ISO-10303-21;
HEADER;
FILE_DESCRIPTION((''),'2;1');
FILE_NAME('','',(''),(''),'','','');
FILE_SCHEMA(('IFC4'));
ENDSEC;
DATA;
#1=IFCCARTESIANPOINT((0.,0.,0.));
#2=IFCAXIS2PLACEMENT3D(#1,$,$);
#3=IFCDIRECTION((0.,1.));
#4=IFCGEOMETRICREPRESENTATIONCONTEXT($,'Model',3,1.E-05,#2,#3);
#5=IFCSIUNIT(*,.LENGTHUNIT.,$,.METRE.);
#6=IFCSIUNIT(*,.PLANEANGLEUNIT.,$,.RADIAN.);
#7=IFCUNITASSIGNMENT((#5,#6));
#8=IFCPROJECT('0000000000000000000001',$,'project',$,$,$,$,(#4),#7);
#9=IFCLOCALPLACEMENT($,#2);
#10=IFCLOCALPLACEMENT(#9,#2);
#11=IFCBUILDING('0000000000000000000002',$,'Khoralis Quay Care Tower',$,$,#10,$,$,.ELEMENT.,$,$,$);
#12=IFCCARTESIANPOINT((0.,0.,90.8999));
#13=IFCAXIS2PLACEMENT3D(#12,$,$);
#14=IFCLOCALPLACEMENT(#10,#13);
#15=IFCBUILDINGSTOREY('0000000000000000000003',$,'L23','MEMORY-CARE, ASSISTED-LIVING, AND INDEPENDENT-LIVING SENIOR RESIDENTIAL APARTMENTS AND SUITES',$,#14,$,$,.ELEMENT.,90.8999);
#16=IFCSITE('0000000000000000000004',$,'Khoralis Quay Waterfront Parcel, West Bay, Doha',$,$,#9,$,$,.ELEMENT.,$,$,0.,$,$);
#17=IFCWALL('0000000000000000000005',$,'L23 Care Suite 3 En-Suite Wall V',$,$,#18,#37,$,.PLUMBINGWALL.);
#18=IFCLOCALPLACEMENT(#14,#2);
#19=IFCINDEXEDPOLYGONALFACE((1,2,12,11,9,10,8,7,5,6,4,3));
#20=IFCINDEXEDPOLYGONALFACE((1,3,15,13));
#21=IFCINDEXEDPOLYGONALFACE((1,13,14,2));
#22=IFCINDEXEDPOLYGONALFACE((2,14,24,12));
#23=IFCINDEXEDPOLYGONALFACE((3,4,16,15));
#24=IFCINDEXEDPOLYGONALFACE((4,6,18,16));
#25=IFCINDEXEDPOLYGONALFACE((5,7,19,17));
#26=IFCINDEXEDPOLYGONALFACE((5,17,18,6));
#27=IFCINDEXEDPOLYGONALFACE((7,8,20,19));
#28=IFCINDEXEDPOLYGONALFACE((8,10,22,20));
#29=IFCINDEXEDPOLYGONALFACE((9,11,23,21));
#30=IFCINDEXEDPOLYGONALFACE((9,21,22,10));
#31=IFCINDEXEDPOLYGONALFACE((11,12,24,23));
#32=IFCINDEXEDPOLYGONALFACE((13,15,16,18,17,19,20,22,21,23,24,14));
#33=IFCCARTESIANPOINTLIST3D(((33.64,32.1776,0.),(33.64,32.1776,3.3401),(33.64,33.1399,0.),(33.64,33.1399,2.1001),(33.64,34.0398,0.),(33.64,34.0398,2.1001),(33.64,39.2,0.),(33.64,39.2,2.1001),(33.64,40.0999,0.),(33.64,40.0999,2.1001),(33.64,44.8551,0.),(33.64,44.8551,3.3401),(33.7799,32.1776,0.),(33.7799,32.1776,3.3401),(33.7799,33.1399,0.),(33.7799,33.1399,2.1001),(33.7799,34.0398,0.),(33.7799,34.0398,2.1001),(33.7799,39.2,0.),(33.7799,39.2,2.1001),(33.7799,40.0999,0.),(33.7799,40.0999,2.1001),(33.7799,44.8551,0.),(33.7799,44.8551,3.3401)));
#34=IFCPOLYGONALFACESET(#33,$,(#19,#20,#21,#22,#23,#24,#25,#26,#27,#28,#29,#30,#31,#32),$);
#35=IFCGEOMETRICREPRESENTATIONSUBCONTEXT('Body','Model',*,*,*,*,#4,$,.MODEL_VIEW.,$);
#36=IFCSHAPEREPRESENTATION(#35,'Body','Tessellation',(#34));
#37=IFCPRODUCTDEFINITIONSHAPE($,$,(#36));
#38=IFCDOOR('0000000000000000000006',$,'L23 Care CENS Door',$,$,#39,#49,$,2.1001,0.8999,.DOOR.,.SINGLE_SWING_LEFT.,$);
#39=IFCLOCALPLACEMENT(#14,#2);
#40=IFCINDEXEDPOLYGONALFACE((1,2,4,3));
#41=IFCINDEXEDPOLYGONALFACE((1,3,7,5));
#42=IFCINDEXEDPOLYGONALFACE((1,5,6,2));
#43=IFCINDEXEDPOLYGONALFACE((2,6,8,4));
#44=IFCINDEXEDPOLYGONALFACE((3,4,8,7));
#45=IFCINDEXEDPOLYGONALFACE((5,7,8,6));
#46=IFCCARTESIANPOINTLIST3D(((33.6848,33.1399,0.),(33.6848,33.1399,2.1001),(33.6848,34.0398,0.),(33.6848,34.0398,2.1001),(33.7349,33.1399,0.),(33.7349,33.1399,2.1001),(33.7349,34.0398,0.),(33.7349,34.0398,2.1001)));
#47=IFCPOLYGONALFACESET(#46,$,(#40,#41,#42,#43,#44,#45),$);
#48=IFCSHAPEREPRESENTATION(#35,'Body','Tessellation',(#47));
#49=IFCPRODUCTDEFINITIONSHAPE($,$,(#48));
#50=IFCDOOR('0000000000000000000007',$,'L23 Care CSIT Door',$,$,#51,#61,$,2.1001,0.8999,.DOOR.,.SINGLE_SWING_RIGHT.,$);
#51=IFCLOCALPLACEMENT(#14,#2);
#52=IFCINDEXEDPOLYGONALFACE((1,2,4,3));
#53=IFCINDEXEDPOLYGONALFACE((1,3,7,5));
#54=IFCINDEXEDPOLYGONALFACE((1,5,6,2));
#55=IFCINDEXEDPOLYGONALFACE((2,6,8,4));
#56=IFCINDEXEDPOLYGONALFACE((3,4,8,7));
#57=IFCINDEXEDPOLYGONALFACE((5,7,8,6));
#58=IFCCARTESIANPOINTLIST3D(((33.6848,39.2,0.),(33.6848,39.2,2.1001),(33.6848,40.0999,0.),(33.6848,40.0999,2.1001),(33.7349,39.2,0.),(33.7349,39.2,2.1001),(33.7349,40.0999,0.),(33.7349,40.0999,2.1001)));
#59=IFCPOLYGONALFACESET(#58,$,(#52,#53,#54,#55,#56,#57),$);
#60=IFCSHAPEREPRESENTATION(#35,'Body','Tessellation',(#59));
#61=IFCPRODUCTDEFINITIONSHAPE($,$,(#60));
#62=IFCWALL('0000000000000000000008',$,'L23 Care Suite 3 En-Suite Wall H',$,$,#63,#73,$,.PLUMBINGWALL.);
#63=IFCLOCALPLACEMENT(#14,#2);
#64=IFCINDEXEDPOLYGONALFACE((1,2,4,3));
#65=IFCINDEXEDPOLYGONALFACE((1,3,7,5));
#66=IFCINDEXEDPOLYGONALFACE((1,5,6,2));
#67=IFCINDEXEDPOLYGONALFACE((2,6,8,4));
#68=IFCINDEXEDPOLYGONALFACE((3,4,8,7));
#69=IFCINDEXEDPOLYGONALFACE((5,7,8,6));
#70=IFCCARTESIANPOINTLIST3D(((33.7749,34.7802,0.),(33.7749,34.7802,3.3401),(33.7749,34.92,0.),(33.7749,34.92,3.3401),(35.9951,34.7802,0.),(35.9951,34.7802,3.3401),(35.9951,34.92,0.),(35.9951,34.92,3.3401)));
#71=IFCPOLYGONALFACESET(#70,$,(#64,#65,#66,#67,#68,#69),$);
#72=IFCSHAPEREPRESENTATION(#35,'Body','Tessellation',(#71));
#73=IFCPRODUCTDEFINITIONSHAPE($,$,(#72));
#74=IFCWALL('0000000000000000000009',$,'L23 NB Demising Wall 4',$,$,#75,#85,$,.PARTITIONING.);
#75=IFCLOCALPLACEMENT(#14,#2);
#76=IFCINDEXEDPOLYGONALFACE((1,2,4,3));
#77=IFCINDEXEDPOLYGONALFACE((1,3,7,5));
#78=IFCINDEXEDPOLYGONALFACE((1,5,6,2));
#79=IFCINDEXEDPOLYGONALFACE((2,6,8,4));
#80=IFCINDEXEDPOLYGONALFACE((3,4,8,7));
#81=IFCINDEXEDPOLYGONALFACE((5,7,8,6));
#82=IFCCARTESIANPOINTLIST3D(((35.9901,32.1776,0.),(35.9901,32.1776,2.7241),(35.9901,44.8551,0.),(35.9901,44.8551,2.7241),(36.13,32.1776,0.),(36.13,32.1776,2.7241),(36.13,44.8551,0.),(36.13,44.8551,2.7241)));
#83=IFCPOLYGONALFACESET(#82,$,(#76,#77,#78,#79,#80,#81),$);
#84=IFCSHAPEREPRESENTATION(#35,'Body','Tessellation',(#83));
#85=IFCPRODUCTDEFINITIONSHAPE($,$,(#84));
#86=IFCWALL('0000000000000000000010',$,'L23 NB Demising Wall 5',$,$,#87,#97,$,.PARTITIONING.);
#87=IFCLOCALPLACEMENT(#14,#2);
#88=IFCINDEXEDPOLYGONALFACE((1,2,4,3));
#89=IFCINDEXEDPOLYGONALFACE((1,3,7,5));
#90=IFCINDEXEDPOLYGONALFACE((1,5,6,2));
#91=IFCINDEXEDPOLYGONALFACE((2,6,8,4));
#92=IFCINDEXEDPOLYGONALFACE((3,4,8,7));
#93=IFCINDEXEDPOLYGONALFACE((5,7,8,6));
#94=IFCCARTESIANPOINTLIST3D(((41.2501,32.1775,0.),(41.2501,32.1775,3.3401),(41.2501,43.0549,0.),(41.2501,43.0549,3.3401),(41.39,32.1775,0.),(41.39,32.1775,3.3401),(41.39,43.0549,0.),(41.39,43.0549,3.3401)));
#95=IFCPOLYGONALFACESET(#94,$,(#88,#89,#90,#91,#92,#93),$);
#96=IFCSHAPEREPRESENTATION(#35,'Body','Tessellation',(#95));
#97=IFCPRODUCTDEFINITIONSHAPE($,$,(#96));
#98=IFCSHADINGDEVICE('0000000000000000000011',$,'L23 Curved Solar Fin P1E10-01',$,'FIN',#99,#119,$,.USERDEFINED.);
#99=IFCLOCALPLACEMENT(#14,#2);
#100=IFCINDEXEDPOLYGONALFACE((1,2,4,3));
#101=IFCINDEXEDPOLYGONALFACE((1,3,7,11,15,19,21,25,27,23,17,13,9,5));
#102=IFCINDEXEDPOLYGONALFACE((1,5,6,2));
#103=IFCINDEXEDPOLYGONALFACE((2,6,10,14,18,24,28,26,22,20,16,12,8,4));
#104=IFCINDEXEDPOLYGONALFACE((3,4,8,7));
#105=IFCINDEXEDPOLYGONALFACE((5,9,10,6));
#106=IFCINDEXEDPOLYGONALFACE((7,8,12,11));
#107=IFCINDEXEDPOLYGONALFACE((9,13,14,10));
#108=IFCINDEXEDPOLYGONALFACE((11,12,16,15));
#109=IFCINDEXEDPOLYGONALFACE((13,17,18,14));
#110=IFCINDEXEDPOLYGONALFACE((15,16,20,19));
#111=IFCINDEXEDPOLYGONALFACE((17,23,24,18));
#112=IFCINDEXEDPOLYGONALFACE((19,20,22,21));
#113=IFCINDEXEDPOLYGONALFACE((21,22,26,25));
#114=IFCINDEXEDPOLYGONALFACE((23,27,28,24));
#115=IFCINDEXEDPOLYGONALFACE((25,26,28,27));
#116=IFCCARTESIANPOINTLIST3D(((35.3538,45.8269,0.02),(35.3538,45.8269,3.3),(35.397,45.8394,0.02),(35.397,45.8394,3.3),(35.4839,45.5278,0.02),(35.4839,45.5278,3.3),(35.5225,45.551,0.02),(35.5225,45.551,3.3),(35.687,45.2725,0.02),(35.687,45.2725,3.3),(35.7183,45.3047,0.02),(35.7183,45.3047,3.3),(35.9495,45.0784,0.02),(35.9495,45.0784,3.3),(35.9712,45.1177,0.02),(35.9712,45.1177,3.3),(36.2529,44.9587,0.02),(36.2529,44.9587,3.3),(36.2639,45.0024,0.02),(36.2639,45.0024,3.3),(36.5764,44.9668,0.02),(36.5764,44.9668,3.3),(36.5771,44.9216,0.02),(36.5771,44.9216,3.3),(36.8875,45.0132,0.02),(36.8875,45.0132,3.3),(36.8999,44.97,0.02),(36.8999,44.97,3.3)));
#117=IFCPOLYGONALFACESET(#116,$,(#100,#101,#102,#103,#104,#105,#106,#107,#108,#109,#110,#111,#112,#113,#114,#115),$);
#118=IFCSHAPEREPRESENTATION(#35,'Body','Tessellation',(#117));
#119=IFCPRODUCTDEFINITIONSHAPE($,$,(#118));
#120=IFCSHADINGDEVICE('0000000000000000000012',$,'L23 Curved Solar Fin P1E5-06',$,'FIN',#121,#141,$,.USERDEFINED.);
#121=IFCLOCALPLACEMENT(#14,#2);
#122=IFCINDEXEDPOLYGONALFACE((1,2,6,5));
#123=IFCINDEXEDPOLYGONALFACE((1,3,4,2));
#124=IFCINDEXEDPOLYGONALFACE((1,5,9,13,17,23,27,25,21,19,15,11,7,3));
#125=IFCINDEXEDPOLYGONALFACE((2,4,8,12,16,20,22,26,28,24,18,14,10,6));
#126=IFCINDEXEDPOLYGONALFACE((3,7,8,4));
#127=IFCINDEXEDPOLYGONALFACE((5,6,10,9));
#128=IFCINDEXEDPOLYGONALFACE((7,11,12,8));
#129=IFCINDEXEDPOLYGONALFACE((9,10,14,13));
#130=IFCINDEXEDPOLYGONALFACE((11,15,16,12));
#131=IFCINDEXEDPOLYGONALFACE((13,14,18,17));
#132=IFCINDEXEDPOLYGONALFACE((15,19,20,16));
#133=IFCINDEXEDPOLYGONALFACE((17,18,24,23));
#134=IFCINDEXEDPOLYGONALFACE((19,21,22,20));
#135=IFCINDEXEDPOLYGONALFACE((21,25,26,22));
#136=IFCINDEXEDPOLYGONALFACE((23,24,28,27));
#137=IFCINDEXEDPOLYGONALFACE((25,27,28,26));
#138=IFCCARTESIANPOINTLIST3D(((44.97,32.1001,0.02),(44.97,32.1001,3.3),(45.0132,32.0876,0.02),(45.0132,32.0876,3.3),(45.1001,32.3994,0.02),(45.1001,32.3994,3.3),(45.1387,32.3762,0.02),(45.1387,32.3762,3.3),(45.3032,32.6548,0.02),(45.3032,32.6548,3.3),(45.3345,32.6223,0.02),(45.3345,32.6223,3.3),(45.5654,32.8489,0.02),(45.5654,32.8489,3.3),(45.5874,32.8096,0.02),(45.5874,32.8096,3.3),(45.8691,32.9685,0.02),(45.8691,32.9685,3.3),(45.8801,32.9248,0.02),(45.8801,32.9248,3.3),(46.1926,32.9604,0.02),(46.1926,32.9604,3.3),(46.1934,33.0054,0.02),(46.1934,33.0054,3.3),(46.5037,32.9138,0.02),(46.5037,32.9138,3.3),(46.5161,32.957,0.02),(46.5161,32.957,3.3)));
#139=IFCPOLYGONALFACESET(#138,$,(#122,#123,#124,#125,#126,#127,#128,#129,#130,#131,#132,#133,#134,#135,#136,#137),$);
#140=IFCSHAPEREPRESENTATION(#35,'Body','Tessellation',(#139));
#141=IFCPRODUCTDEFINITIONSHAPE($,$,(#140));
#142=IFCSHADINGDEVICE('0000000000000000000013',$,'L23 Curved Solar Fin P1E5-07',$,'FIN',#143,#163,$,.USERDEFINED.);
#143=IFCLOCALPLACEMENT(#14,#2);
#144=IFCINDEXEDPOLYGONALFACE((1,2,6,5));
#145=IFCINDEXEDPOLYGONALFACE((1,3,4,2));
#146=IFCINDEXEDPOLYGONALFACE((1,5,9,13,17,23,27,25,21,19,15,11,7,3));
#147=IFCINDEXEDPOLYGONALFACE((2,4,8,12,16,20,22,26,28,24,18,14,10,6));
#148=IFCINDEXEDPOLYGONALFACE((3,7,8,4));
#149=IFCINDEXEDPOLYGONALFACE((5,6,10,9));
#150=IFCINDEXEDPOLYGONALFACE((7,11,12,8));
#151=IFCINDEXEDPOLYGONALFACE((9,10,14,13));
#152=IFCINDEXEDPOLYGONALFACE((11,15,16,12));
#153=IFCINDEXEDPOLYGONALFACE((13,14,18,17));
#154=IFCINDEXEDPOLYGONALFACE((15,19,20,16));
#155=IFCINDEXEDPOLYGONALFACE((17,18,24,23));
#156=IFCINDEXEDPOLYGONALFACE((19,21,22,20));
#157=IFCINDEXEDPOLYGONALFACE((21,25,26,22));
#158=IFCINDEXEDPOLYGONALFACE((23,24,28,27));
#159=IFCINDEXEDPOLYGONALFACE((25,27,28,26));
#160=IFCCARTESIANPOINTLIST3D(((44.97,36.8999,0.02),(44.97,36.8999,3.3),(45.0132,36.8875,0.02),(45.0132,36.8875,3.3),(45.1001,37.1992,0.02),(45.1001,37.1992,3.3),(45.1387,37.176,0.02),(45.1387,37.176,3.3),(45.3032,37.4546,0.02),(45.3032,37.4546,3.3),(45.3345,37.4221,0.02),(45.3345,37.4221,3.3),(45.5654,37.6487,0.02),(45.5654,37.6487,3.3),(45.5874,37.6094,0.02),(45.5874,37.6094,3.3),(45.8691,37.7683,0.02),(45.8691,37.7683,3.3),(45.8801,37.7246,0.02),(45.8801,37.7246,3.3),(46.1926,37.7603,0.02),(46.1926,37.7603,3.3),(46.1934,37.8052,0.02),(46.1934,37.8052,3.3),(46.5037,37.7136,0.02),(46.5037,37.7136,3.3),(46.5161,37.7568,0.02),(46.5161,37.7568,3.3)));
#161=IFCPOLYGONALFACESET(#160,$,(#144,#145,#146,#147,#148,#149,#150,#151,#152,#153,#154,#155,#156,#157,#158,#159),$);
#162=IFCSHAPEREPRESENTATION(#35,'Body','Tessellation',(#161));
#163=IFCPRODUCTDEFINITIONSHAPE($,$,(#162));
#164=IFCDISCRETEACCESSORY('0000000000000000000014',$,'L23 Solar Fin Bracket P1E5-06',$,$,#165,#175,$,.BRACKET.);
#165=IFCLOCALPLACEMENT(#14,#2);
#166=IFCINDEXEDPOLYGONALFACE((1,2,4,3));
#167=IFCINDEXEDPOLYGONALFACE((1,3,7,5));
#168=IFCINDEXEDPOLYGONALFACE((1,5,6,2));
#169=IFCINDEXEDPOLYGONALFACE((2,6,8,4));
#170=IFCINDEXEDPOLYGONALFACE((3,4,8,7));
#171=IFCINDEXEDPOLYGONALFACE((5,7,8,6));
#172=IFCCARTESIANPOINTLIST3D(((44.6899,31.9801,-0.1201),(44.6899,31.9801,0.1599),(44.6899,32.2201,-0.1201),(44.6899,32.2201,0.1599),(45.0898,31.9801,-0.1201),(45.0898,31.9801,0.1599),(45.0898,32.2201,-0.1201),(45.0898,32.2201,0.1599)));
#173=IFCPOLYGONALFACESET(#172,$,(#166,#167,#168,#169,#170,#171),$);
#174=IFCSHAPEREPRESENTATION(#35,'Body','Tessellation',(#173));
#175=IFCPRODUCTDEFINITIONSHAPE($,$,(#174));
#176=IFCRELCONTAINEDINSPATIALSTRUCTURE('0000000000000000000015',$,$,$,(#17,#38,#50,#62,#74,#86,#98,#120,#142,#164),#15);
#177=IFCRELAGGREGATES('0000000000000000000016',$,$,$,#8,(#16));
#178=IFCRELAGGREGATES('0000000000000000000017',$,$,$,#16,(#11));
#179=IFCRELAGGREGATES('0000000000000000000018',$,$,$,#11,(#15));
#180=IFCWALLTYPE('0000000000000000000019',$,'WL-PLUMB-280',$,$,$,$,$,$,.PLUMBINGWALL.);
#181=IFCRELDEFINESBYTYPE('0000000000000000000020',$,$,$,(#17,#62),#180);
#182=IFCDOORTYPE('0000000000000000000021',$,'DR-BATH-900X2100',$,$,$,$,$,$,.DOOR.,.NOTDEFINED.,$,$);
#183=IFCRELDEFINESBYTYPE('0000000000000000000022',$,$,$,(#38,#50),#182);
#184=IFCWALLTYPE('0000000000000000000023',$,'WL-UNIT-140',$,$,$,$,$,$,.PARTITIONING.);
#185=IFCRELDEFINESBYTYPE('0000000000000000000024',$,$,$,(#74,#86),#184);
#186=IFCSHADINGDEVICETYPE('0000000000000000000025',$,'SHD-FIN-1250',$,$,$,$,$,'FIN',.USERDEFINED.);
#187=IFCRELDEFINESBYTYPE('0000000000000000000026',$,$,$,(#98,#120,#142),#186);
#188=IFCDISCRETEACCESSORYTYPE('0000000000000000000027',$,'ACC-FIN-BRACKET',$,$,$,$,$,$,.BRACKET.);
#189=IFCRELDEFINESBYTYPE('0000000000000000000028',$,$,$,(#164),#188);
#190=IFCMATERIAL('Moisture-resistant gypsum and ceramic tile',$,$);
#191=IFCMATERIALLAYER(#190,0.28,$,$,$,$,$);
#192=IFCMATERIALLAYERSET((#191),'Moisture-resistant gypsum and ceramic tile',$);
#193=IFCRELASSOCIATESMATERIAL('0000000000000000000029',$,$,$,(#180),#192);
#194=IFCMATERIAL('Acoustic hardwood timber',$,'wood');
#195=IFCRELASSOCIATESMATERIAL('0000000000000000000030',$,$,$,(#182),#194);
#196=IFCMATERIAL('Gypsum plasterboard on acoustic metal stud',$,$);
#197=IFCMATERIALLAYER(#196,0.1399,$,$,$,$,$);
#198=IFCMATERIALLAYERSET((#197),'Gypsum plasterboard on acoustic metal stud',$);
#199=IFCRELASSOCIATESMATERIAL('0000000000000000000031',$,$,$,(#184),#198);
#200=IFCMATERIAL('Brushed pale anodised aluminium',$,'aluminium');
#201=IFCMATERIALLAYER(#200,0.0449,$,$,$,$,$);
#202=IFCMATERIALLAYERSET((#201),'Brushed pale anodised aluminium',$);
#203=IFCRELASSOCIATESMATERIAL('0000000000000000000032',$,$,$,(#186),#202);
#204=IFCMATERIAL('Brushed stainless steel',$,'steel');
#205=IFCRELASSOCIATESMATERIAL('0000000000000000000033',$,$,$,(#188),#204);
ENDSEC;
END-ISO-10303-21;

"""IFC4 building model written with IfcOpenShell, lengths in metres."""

from ifc_helpers import new_model, si_unit, direction, frame, frame_2d, origin, origin_2d, place, context, subcontext, project, spatial, polyline, rectangle, outline, extrude, source, transform, mapped, material, layer, layer_set, type_object, element, fill, save


model = new_model("IFC4")

# Units and contexts
model_context = context("Model", 3, precision=1e-05, world=origin(), true_north=direction((0.0, 1.0)))
body_context = subcontext(model_context, "Body", "Model", "MODEL_VIEW")
ifc_project = project(units=[si_unit("LENGTHUNIT", "METRE"), si_unit("PLANEANGLEUNIT", "RADIAN")], contexts=[model_context])

# Site, building, storey
site_placement = place(None, origin())
site = spatial("IfcSite", under=ifc_project, at=site_placement, Name="Khoralis Quay Waterfront Parcel, West Bay, Doha", CompositionType="ELEMENT", RefElevation=0.0)
building_placement = place(site_placement, origin())
building = spatial("IfcBuilding", under=site, at=building_placement, Name="Khoralis Quay Care Tower", CompositionType="ELEMENT")
storey_placement = place(building_placement, frame((0.0, 0.0, 90.8999)))
storey = spatial("IfcBuildingStorey", under=building, at=storey_placement, Name="L23", Description="MEMORY-CARE, ASSISTED-LIVING, AND INDEPENDENT-LIVING SENIOR RESIDENTIAL APARTMENTS AND SUITES", CompositionType="ELEMENT", Elevation=90.8999)

# Shared definitions
ifc_material_1 = material(Name="Gypsum plasterboard on acoustic metal stud")

# Wall, openings, doors
ifc_material_2 = material(Name="Moisture-resistant gypsum and ceramic tile")
ifc_layer_1 = layer(ifc_material_2, 0.28)
ifc_layer_set_1 = layer_set([ifc_layer_1], Name="Moisture-resistant gypsum and ceramic tile")
wall_type_1 = type_object("IfcWallType", Name="WL-PLUMB-280", PredefinedType="PLUMBINGWALL", material=ifc_layer_set_1)
wall_1_placement = place(storey_placement, frame((33.71, 32.1775, 0.0), z_axis=(0.0, 0.0, 1.0), x_axis=(0.0, 1.0, 0.0)))
wall_1 = element("IfcWall", 1, at=wall_1_placement, inside=storey, type_object=wall_type_1, Name="L23 Care Suite 3 En-Suite Wall V", PredefinedType="PLUMBINGWALL", context=body_context, shape_type="SweptSolid", body=[
    extrude(rectangle(XDim=12.6775, YDim=0.1399, at=frame_2d((6.3389, 0.0))), origin(), (0.0, 0.0, 1.0), 3.3401),
])
opening_1_placement = place(wall_1_placement, frame((0.9624, 0.0, 0.0)))
opening_1 = element("IfcOpeningElement", 2, at=opening_1_placement, cuts=wall_1, PredefinedType="OPENING", context=body_context, shape_type="SweptSolid", body=[
    extrude(rectangle(XDim=0.8999, YDim=2.1001, at=frame_2d((0.45, 1.05))), frame((0.0, 0.0801, 0.0), z_axis=(0.0, -1.0, 0.0), x_axis=(1.0, 0.0, 0.0)), (0.0, 0.0, 1.0), 0.1599),
])
opening_2_placement = place(wall_1_placement, frame((7.0225, 0.0, 0.0)))
opening_2 = element("IfcOpeningElement", 3, at=opening_2_placement, cuts=wall_1, PredefinedType="OPENING", context=body_context, shape_type="SweptSolid", body=[
    extrude(rectangle(XDim=0.8999, YDim=2.1001, at=frame_2d((0.45, 1.05))), frame((0.0, 0.0801, 0.0), z_axis=(0.0, -1.0, 0.0), x_axis=(1.0, 0.0, 0.0)), (0.0, 0.0, 1.0), 0.1599),
])
ifc_material_3 = material(Name="Acoustic hardwood timber", Category="wood")
door_type = type_object("IfcDoorType", Name="DR-BATH-900X2100", OperationType="NOTDEFINED", PredefinedType="DOOR", material=ifc_material_3)
shared_shape_1 = source(origin(), body_context, "Body", "SweptSolid", [
    extrude(rectangle(XDim=0.8999, YDim=2.1001, at=frame_2d((0.45, 1.05))), frame((0.0, 0.0249, 0.0), z_axis=(0.0, -1.0, 0.0), x_axis=(1.0, 0.0, 0.0)), (0.0, 0.0, 1.0), 0.05),
])
door_1_placement = place(opening_1_placement, frame((0.8999, 0.0, 0.0), z_axis=(0.0, 0.0, 1.0), x_axis=(-1.0, 0.0, 0.0)))
door_1 = element("IfcDoor", 4, at=door_1_placement, inside=storey, type_object=door_type, Name="L23 Care CENS Door", OperationType="SINGLE_SWING_LEFT", OverallHeight=2.1001, OverallWidth=0.8999, PredefinedType="DOOR", context=body_context, shape_type="MappedRepresentation", body=[
    mapped(shared_shape_1, transform((0.0, 0.0, 0.0), scale=1.0)),
])
fill(opening_1, door_1)
door_2_placement = place(opening_2_placement, frame((0.8999, 0.0, 0.0), z_axis=(0.0, 0.0, 1.0), x_axis=(-1.0, 0.0, 0.0)))
door_2 = element("IfcDoor", 5, at=door_2_placement, inside=storey, type_object=door_type, Name="L23 Care CSIT Door", OperationType="SINGLE_SWING_RIGHT", OverallHeight=2.1001, OverallWidth=0.8999, PredefinedType="DOOR", context=body_context, shape_type="MappedRepresentation", body=[
    mapped(shared_shape_1, transform((0.0, 0.0, 0.0), scale=1.0)),
])
fill(opening_2, door_2)

# Walls
wall_2_placement = place(storey_placement, frame((33.7749, 34.8501, 0.0), z_axis=(0.0, 0.0, 1.0), x_axis=(1.0, 0.0, 0.0)))
element("IfcWall", 6, at=wall_2_placement, inside=storey, type_object=wall_type_1, Name="L23 Care Suite 3 En-Suite Wall H", PredefinedType="PLUMBINGWALL", context=body_context, shape_type="SweptSolid", body=[
    extrude(rectangle(XDim=2.2202, YDim=0.1399, at=frame_2d((1.1101, 0.0))), origin(), (0.0, 0.0, 1.0), 3.3401),
])
ifc_layer_2 = layer(ifc_material_1, 0.1399)
ifc_layer_set_2 = layer_set([ifc_layer_2], Name="Gypsum plasterboard on acoustic metal stud")
wall_type_2 = type_object("IfcWallType", Name="WL-UNIT-140", PredefinedType="PARTITIONING", material=ifc_layer_set_2)
wall_3_placement = place(storey_placement, frame((36.0601, 32.1775, 0.0), z_axis=(0.0, 0.0, 1.0), x_axis=(0.0, 1.0, 0.0)))
element("IfcWall", 7, at=wall_3_placement, inside=storey, type_object=wall_type_2, Name="L23 NB Demising Wall 4", PredefinedType="PARTITIONING", context=body_context, shape_type="SweptSolid", body=[
    extrude(rectangle(XDim=12.6775, YDim=0.1399, at=frame_2d((6.3389, 0.0))), origin(), (0.0, 0.0, 1.0), 2.7241),
])
wall_4_placement = place(storey_placement, frame((41.3201, 32.1775, 0.0), z_axis=(0.0, 0.0, 1.0), x_axis=(0.0, 1.0, 0.0)))
element("IfcWall", 8, at=wall_4_placement, inside=storey, type_object=wall_type_2, Name="L23 NB Demising Wall 5", PredefinedType="PARTITIONING", context=body_context, shape_type="SweptSolid", body=[
    extrude(rectangle(XDim=10.8774, YDim=0.1399, at=frame_2d((5.4387, 0.0))), origin(), (0.0, 0.0, 1.0), 3.3401),
])

# Shading devices
ifc_material_4 = material(Name="Brushed pale anodised aluminium", Category="aluminium")
ifc_layer_3 = layer(ifc_material_4, 0.0449)
ifc_layer_set_3 = layer_set([ifc_layer_3], Name="Brushed pale anodised aluminium")
shading_device_type = type_object("IfcShadingDeviceType", Name="SHD-FIN-1250", ElementType="FIN", PredefinedType="USERDEFINED", material=ifc_layer_set_3)
shared_shape_2 = source(origin(), body_context, "Body", "SweptSolid", [
    extrude(outline(polyline([(0.0, 0.0), (-0.0483, 0.3228), (-0.0112, 0.647), (0.1084, 0.9504), (0.3025, 1.2129), (0.5579, 1.416), (0.8569, 1.5461), (0.8694, 1.5029), (0.5811, 1.3774), (0.3347, 1.1816), (0.1477, 0.9287), (0.0325, 0.636), (-0.0032, 0.3235), (0.0432, 0.0125), (0.0, 0.0)])), origin(), (0.0, 0.0, 1.0), 3.28),
])
shading_device_placement = place(storey_placement, frame((36.8999, 44.97, 0.02), z_axis=(0.0, 0.0, 1.0), x_axis=(0.0, 1.0, 0.0)))
element("IfcShadingDevice", 9, at=shading_device_placement, inside=storey, type_object=shading_device_type, Name="L23 Curved Solar Fin P1E10-01", ObjectType="FIN", PredefinedType="USERDEFINED", context=body_context, shape_type="MappedRepresentation", body=[
    mapped(shared_shape_2, transform((0.0, 0.0, 0.0), scale=1.0)),
])
shared_shape_3 = source(origin(), body_context, "Body", "SweptSolid", [
    extrude(outline(polyline([(0.0, 0.0), (0.1301, 0.2993), (0.3333, 0.5547), (0.5955, 0.7488), (0.8992, 0.8684), (1.2234, 0.9053), (1.5461, 0.8569), (1.5337, 0.8137), (1.2227, 0.8604), (0.9102, 0.8247), (0.6174, 0.7095), (0.3645, 0.5222), (0.1687, 0.2761), (0.0432, -0.0125), (0.0, 0.0)])), origin(), (0.0, 0.0, 1.0), 3.28),
])
for number, where, z_axis, x_axis, name in (
    (10, (44.97, 32.1001, 0.02), (0.0, 0.0, 1.0), (1.0, 0.0, 0.0), "L23 Curved Solar Fin P1E5-06"),
    (11, (44.97, 36.8999, 0.02), (0.0, 0.0, 1.0), (1.0, 0.0, 0.0), "L23 Curved Solar Fin P1E5-07"),
):
    element("IfcShadingDevice", number, at=place(storey_placement, frame(where, z_axis=z_axis, x_axis=x_axis)), inside=storey, type_object=shading_device_type, Name=name, ObjectType="FIN", PredefinedType="USERDEFINED", context=body_context, shape_type="MappedRepresentation", body=[
        mapped(shared_shape_3, transform((0.0, 0.0, 0.0), scale=1.0)),
    ])

# Discrete accessory
ifc_material_5 = material(Name="Brushed stainless steel", Category="steel")
discrete_accessory_type = type_object("IfcDiscreteAccessoryType", Name="ACC-FIN-BRACKET", PredefinedType="BRACKET", material=ifc_material_5)
shared_shape_4 = source(origin(), body_context, "Body", "SweptSolid", [
    extrude(rectangle(XDim=0.3999, YDim=0.24, at=origin_2d()), origin(), (0.0, 0.0, 1.0), 0.28),
])
for number, where, z_axis, x_axis, name in (
    (12, (44.8899, 32.1001, -0.1201), (0.0, 0.0, 1.0), (1.0, 0.0, 0.0), "L23 Solar Fin Bracket P1E5-06"),
):
    element("IfcDiscreteAccessory", number, at=place(storey_placement, frame(where, z_axis=z_axis, x_axis=x_axis)), inside=storey, type_object=discrete_accessory_type, Name=name, PredefinedType="BRACKET", context=body_context, shape_type="MappedRepresentation", body=[
        mapped(shared_shape_4, transform((0.0, 0.0, 0.0), scale=1.0)),
    ])

save(model, "model.ifc")
